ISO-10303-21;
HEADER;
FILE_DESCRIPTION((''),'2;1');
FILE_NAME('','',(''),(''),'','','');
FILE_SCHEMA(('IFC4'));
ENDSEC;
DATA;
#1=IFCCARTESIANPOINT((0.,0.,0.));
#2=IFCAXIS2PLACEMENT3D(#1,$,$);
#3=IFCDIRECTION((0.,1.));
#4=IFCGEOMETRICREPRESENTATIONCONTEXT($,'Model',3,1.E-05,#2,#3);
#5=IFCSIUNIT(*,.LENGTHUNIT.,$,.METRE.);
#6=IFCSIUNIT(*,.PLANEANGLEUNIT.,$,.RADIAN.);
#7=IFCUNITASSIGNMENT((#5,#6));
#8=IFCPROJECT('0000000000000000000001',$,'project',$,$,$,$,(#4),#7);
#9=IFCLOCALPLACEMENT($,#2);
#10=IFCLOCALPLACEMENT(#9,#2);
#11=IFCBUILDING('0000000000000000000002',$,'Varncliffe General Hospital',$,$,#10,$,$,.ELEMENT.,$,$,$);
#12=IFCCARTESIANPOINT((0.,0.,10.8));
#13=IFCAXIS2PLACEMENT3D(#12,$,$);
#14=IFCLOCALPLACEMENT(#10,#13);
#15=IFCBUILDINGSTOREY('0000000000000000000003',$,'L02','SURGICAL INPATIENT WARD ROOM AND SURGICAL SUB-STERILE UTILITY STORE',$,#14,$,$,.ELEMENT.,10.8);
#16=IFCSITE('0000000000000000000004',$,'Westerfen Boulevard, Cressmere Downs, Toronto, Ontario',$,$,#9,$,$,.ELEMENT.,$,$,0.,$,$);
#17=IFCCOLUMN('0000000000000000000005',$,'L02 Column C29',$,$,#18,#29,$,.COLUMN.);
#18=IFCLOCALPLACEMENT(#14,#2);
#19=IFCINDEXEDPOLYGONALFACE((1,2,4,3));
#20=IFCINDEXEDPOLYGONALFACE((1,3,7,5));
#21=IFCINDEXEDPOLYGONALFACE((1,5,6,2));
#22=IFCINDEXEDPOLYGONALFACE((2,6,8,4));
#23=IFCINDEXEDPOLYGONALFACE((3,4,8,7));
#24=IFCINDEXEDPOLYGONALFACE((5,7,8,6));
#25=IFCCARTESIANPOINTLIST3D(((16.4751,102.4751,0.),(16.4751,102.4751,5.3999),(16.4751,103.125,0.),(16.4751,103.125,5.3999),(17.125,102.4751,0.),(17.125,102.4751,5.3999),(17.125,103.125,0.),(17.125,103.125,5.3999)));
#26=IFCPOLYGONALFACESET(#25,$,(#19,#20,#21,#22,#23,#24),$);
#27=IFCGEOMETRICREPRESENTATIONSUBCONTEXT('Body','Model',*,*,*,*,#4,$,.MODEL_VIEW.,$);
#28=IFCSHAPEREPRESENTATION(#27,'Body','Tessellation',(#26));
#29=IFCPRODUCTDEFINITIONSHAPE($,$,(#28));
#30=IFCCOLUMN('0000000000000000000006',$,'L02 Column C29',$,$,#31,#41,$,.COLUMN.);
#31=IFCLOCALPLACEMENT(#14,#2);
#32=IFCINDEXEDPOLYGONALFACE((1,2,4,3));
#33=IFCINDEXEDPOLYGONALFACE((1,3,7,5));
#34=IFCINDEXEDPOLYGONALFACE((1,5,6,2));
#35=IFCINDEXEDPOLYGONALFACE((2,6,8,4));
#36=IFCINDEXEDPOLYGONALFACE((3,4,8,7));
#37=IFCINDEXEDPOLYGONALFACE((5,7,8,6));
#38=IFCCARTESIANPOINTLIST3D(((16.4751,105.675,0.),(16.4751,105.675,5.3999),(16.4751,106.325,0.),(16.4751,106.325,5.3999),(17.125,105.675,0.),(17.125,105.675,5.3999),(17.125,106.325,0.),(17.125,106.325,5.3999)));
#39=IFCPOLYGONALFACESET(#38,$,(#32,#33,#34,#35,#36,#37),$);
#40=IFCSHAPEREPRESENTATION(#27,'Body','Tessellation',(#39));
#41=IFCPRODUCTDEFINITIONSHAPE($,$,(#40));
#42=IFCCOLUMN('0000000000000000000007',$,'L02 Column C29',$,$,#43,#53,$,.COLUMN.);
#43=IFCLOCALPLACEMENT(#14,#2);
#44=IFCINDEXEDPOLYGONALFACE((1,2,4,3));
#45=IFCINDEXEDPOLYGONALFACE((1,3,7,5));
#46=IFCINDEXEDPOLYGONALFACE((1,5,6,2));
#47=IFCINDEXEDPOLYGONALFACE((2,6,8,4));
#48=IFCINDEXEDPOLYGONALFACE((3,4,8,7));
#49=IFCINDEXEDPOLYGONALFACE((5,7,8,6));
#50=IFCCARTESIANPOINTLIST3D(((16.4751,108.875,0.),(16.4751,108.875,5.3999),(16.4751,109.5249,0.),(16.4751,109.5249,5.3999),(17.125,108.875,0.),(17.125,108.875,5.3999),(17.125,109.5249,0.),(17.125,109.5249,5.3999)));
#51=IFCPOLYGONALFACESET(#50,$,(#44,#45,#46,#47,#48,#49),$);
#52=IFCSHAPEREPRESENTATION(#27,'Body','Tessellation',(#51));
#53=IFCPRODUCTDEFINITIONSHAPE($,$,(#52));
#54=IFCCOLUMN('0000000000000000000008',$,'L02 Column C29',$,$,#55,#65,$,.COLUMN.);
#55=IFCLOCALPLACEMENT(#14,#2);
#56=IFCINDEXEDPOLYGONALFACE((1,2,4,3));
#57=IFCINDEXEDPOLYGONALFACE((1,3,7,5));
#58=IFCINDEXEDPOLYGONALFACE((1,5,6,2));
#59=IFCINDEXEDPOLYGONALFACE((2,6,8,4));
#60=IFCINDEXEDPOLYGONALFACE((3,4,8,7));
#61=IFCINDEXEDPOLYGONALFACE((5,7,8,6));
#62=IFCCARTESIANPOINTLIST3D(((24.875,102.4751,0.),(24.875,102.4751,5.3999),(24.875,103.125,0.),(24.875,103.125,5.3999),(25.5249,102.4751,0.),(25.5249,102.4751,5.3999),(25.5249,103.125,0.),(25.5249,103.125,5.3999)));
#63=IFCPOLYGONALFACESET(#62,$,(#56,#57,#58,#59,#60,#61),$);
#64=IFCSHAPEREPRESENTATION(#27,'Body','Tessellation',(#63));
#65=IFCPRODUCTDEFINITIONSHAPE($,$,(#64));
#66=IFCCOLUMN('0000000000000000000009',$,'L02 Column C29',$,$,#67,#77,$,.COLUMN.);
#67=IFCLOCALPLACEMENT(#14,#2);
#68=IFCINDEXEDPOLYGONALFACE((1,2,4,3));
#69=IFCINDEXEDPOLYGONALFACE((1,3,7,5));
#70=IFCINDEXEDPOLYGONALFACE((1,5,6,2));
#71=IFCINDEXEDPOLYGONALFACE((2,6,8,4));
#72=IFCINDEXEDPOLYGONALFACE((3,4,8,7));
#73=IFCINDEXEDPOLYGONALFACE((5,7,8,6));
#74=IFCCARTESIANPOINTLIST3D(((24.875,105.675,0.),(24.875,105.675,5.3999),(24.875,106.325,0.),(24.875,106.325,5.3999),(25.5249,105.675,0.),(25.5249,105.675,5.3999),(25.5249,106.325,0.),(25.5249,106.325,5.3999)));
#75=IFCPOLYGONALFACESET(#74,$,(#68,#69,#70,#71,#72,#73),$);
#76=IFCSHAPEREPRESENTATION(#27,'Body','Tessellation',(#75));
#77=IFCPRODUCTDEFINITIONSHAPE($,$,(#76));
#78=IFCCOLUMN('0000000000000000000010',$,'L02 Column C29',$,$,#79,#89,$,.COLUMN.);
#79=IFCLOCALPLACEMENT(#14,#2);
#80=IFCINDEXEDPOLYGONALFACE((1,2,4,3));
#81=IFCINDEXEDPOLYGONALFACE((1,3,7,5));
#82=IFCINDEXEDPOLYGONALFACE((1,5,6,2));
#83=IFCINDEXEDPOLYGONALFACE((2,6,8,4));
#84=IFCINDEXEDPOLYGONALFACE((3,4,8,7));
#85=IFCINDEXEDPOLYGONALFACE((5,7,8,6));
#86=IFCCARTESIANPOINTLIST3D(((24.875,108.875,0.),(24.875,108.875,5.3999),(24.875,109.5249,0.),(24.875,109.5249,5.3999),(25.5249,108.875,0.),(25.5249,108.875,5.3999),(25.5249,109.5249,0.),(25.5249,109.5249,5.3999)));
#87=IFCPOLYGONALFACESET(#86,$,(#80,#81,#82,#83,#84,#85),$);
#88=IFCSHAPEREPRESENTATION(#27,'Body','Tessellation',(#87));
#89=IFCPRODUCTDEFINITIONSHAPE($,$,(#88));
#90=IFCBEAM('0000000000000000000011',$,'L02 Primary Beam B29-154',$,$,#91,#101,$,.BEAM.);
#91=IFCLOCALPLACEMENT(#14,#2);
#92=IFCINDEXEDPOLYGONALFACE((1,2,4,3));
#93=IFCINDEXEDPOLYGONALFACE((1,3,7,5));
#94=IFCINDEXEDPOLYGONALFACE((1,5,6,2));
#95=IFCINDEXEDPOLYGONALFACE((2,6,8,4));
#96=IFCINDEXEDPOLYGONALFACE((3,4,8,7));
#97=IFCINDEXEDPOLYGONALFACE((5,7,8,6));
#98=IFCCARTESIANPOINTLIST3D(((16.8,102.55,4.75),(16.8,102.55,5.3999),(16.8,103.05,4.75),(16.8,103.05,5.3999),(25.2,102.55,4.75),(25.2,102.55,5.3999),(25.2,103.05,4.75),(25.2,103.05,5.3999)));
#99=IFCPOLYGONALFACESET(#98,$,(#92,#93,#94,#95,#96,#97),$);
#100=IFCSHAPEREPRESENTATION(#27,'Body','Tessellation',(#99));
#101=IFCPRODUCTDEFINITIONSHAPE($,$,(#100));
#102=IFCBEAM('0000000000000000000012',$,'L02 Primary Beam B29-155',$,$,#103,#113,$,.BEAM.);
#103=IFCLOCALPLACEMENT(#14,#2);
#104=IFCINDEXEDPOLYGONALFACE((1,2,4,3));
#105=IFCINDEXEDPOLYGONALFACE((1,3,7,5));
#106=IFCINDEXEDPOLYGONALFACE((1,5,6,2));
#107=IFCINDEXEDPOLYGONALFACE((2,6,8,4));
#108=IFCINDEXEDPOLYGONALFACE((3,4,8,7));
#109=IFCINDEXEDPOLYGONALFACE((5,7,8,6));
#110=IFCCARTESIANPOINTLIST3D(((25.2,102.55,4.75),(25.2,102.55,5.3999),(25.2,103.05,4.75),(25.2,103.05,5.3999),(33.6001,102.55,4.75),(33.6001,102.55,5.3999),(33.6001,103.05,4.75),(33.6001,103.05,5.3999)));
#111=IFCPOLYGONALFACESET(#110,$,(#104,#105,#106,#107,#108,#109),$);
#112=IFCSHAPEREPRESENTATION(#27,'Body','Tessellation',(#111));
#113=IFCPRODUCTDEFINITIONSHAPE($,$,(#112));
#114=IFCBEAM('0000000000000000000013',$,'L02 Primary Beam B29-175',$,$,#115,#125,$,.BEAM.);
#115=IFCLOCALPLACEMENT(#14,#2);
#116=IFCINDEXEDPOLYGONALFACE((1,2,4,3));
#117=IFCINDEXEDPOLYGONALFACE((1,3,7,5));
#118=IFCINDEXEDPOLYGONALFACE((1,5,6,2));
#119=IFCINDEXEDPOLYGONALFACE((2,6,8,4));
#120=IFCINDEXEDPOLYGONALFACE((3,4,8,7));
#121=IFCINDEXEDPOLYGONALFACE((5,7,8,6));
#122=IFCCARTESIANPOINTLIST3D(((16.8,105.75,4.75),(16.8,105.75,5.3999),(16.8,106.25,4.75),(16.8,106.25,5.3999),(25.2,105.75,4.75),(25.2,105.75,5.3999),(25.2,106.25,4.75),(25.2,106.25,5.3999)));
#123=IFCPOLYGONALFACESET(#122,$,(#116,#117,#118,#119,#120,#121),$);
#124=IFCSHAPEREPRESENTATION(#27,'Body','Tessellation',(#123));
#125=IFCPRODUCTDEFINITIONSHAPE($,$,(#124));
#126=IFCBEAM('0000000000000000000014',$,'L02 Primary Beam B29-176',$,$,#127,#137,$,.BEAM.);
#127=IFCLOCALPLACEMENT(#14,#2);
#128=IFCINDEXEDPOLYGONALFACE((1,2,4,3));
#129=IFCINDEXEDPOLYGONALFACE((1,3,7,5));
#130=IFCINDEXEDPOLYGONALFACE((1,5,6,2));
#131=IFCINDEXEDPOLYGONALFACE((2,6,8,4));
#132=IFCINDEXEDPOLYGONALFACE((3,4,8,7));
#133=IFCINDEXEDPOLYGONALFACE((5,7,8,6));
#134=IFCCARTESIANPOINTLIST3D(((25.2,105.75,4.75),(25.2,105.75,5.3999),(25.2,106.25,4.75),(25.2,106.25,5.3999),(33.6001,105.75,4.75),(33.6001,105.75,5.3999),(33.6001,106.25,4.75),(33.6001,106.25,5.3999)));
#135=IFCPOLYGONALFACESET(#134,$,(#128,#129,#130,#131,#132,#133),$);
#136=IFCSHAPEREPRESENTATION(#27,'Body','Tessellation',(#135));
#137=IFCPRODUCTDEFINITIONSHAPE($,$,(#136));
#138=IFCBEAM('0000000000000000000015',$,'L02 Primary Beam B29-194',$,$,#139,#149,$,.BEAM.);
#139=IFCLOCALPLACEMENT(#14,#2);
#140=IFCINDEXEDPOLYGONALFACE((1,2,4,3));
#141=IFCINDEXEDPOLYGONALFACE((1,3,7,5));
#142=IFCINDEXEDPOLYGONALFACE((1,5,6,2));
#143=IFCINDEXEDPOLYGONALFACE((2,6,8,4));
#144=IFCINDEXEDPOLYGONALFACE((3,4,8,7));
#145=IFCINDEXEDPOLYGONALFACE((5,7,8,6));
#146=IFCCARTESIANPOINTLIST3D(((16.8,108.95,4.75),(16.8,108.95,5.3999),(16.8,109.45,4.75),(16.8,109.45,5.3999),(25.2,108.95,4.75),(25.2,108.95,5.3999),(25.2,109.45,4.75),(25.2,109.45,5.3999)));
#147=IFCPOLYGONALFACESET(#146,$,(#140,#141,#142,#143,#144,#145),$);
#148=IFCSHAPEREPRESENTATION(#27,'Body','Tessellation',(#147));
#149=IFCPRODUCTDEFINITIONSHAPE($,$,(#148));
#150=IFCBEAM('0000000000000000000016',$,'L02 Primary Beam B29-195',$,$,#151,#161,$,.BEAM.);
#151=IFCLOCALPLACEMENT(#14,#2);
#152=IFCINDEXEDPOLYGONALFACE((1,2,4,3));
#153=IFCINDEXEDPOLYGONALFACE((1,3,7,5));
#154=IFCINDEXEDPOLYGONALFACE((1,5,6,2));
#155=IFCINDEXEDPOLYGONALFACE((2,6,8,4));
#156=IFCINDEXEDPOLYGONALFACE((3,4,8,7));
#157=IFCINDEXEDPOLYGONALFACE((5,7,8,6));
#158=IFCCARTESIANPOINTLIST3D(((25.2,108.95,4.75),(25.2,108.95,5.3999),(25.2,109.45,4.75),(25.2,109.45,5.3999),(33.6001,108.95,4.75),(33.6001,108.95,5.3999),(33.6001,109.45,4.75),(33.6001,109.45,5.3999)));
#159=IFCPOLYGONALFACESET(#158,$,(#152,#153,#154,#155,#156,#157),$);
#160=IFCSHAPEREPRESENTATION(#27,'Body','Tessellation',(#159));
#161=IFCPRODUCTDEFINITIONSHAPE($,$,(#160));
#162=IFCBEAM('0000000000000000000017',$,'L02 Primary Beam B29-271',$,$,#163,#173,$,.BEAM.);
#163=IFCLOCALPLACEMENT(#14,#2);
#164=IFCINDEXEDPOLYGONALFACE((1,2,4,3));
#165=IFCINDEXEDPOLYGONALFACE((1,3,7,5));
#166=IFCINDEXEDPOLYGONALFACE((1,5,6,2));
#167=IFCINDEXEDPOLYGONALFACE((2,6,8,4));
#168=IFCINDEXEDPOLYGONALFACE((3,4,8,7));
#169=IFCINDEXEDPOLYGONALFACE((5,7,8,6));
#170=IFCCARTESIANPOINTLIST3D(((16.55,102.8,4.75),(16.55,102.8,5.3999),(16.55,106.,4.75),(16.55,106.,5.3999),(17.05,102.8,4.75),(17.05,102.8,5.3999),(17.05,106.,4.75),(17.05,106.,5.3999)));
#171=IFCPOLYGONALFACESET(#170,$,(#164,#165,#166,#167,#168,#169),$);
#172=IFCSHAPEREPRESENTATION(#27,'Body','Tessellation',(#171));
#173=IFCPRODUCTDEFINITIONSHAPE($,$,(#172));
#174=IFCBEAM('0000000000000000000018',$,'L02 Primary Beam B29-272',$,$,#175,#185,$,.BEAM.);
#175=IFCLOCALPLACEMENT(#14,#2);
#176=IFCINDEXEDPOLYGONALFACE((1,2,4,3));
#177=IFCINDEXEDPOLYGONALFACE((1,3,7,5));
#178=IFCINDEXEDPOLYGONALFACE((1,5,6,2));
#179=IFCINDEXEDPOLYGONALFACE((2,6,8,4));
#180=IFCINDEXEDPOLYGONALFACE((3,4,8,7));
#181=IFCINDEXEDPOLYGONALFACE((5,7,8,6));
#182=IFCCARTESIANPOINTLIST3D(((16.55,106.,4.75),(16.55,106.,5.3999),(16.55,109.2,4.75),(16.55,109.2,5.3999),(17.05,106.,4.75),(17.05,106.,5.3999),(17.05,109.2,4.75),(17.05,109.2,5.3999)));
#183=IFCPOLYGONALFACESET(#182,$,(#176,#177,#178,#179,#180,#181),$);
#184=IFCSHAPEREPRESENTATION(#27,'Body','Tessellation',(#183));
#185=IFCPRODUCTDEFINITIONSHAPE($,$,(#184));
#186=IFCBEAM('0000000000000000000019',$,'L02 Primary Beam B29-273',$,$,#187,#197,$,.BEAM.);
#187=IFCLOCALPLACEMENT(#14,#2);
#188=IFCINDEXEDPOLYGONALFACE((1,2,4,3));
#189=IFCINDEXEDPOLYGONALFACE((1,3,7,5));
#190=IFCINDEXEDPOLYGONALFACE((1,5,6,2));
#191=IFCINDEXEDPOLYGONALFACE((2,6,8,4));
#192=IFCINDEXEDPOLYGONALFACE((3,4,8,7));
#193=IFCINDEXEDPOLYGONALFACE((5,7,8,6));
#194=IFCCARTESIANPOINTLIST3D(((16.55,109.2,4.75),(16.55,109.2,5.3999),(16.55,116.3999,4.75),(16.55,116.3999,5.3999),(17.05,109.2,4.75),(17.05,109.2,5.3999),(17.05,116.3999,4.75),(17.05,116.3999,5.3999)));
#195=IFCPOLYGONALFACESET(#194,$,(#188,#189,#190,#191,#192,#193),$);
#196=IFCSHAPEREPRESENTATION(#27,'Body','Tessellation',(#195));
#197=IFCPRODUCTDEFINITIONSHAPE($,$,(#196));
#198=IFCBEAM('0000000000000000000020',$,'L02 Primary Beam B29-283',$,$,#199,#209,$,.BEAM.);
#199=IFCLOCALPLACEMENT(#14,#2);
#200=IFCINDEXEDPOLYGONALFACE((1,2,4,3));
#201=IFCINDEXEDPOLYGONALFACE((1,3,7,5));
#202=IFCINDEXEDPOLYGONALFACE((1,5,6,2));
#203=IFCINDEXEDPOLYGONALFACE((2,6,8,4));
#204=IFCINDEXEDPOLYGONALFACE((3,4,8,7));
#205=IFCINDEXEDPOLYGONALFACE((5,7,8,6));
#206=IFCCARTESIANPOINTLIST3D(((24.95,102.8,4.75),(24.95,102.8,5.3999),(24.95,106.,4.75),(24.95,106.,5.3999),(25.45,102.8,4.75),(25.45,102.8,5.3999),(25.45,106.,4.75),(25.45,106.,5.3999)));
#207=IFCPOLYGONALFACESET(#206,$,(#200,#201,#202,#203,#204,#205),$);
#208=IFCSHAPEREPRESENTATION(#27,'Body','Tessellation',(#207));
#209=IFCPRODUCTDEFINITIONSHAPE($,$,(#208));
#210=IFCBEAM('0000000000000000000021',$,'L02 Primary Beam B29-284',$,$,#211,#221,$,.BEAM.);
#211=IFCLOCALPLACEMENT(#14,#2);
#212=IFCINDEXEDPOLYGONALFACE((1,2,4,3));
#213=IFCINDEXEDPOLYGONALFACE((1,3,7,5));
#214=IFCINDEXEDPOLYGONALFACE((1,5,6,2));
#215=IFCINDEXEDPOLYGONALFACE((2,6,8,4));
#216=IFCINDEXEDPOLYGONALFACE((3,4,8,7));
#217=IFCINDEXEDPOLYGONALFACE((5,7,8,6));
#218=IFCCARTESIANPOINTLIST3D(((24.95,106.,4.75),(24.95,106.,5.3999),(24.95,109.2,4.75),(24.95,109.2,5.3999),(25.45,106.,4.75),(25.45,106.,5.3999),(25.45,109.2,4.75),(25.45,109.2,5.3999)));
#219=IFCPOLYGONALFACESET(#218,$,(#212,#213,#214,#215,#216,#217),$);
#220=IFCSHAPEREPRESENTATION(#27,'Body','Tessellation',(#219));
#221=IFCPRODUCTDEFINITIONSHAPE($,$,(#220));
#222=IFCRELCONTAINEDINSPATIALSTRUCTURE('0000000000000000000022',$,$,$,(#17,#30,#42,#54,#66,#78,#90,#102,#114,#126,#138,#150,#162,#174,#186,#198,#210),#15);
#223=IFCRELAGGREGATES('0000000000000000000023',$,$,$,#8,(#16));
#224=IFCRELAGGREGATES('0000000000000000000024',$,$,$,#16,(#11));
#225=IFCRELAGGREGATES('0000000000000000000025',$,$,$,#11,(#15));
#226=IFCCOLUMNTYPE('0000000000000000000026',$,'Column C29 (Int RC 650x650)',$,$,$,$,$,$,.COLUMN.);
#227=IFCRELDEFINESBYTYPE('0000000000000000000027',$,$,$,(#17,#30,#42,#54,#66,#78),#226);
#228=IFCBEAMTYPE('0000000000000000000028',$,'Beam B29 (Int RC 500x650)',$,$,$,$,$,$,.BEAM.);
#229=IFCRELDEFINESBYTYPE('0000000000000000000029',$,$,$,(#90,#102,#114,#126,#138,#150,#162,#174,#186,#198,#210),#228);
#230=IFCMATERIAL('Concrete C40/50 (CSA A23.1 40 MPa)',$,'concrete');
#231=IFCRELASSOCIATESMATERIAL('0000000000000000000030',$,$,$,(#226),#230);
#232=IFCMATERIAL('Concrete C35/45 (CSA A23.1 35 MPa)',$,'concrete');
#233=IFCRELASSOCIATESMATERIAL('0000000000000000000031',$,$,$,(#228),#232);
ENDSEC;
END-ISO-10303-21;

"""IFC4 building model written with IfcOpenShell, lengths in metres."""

from ifc_helpers import new_model, si_unit, direction, frame, origin, origin_2d, place, context, subcontext, project, spatial, rectangle, extrude, material, material_profile, profile_set, type_object, element, save


model = new_model("IFC4")

# Units and contexts
model_context = context("Model", 3, precision=1e-05, world=origin(), true_north=direction((0.0, 1.0)))
body_context = subcontext(model_context, "Body", "Model", "MODEL_VIEW")
ifc_project = project(units=[si_unit("LENGTHUNIT", "METRE"), si_unit("PLANEANGLEUNIT", "RADIAN")], contexts=[model_context])

# Site, building, storey
site_placement = place(None, origin())
site = spatial("IfcSite", under=ifc_project, at=site_placement, Name="Westerfen Boulevard, Cressmere Downs, Toronto, Ontario", CompositionType="ELEMENT", RefElevation=0.0)
building_placement = place(site_placement, origin())
building = spatial("IfcBuilding", under=site, at=building_placement, Name="Varncliffe General Hospital", CompositionType="ELEMENT")
storey_placement = place(building_placement, frame((0.0, 0.0, 10.8)))
storey = spatial("IfcBuildingStorey", under=building, at=storey_placement, Name="L02", Description="SURGICAL INPATIENT WARD ROOM AND SURGICAL SUB-STERILE UTILITY STORE", CompositionType="ELEMENT", Elevation=10.8)

# Columns
ifc_material_1 = material(Name="Concrete C40/50 (CSA A23.1 40 MPa)", Category="concrete")
ifc_material_profile_1 = material_profile(ifc_material_1, rectangle(XDim=0.6499, YDim=0.6499, at=origin_2d()), Name="RC 650x650")
ifc_profile_set_1 = profile_set([ifc_material_profile_1], Name="Concrete C40/50 (CSA A23.1 40 MPa)")
column_type = type_object("IfcColumnType", Name="Column C29 (Int RC 650x650)", PredefinedType="COLUMN", material=ifc_profile_set_1)
for number, where, z_axis, x_axis, name in (
    (1, (16.8, 102.8, 0.0), (0.0, 0.0, 1.0), (1.0, 0.0, 0.0), "L02 Column C29"),
    (2, (16.8, 106.0, 0.0), (0.0, 0.0, 1.0), (1.0, 0.0, 0.0), "L02 Column C29"),
    (3, (16.8, 109.2, 0.0), (0.0, 0.0, 1.0), (1.0, 0.0, 0.0), "L02 Column C29"),
    (4, (25.2, 102.8, 0.0), (0.0, 0.0, 1.0), (1.0, 0.0, 0.0), "L02 Column C29"),
    (5, (25.2, 106.0, 0.0), (0.0, 0.0, 1.0), (1.0, 0.0, 0.0), "L02 Column C29"),
    (6, (25.2, 109.2, 0.0), (0.0, 0.0, 1.0), (1.0, 0.0, 0.0), "L02 Column C29"),
):
    element("IfcColumn", number, at=place(storey_placement, frame(where, z_axis=z_axis, x_axis=x_axis)), inside=storey, type_object=column_type, Name=name, PredefinedType="COLUMN", context=body_context, shape_type="SweptSolid", body=[
        extrude(rectangle(XDim=0.6499, YDim=0.6499, at=origin_2d()), origin(), (0.0, 0.0, 1.0), 5.3999),
    ])

# Beams
ifc_material_2 = material(Name="Concrete C35/45 (CSA A23.1 35 MPa)", Category="concrete")
ifc_material_profile_2 = material_profile(ifc_material_2, rectangle(XDim=0.5, YDim=0.6499, at=origin_2d()), Name="RC 500x650")
ifc_profile_set_2 = profile_set([ifc_material_profile_2], Name="Concrete C35/45 (CSA A23.1 35 MPa)")
beam_type = type_object("IfcBeamType", Name="Beam B29 (Int RC 500x650)", PredefinedType="BEAM", material=ifc_profile_set_2)
beam_1_placement = place(storey_placement, frame((16.8, 102.8, 5.075), z_axis=(1.0, 0.0, 0.0), x_axis=(0.0, 1.0, 0.0)))
element("IfcBeam", 7, at=beam_1_placement, inside=storey, type_object=beam_type, Name="L02 Primary Beam B29-154", PredefinedType="BEAM", context=body_context, shape_type="SweptSolid", body=[
    extrude(rectangle(XDim=0.5, YDim=0.6499, at=origin_2d()), origin(), (0.0, 0.0, 1.0), 8.3999),
])
beam_2_placement = place(storey_placement, frame((25.2, 102.8, 5.075), z_axis=(1.0, 0.0, 0.0), x_axis=(0.0, 1.0, 0.0)))
element("IfcBeam", 8, at=beam_2_placement, inside=storey, type_object=beam_type, Name="L02 Primary Beam B29-155", PredefinedType="BEAM", context=body_context, shape_type="SweptSolid", body=[
    extrude(rectangle(XDim=0.5, YDim=0.6499, at=origin_2d()), origin(), (0.0, 0.0, 1.0), 8.4001),
])
beam_3_placement = place(storey_placement, frame((16.8, 106.0, 5.075), z_axis=(1.0, 0.0, 0.0), x_axis=(0.0, 1.0, 0.0)))
element("IfcBeam", 9, at=beam_3_placement, inside=storey, type_object=beam_type, Name="L02 Primary Beam B29-175", PredefinedType="BEAM", context=body_context, shape_type="SweptSolid", body=[
    extrude(rectangle(XDim=0.5, YDim=0.6499, at=origin_2d()), origin(), (0.0, 0.0, 1.0), 8.3999),
])
beam_4_placement = place(storey_placement, frame((25.2, 106.0, 5.075), z_axis=(1.0, 0.0, 0.0), x_axis=(0.0, 1.0, 0.0)))
element("IfcBeam", 10, at=beam_4_placement, inside=storey, type_object=beam_type, Name="L02 Primary Beam B29-176", PredefinedType="BEAM", context=body_context, shape_type="SweptSolid", body=[
    extrude(rectangle(XDim=0.5, YDim=0.6499, at=origin_2d()), origin(), (0.0, 0.0, 1.0), 8.4001),
])
beam_5_placement = place(storey_placement, frame((16.8, 109.2, 5.075), z_axis=(1.0, 0.0, 0.0), x_axis=(0.0, 1.0, 0.0)))
element("IfcBeam", 11, at=beam_5_placement, inside=storey, type_object=beam_type, Name="L02 Primary Beam B29-194", PredefinedType="BEAM", context=body_context, shape_type="SweptSolid", body=[
    extrude(rectangle(XDim=0.5, YDim=0.6499, at=origin_2d()), origin(), (0.0, 0.0, 1.0), 8.3999),
])
beam_6_placement = place(storey_placement, frame((25.2, 109.2, 5.075), z_axis=(1.0, 0.0, 0.0), x_axis=(0.0, 1.0, 0.0)))
element("IfcBeam", 12, at=beam_6_placement, inside=storey, type_object=beam_type, Name="L02 Primary Beam B29-195", PredefinedType="BEAM", context=body_context, shape_type="SweptSolid", body=[
    extrude(rectangle(XDim=0.5, YDim=0.6499, at=origin_2d()), origin(), (0.0, 0.0, 1.0), 8.4001),
])
for number, where, z_axis, x_axis, name in (
    (13, (16.8, 102.8, 5.075), (0.0, 1.0, 0.0), (-1.0, 0.0, 0.0), "L02 Primary Beam B29-271"),
    (14, (16.8, 106.0, 5.075), (0.0, 1.0, 0.0), (-1.0, 0.0, 0.0), "L02 Primary Beam B29-272"),
):
    element("IfcBeam", number, at=place(storey_placement, frame(where, z_axis=z_axis, x_axis=x_axis)), inside=storey, type_object=beam_type, Name=name, PredefinedType="BEAM", context=body_context, shape_type="SweptSolid", body=[
        extrude(rectangle(XDim=0.5, YDim=0.6499, at=origin_2d()), origin(), (0.0, 0.0, 1.0), 3.2),
    ])
beam_7_placement = place(storey_placement, frame((16.8, 109.2, 5.075), z_axis=(0.0, 1.0, 0.0), x_axis=(-1.0, 0.0, 0.0)))
element("IfcBeam", 15, at=beam_7_placement, inside=storey, type_object=beam_type, Name="L02 Primary Beam B29-273", PredefinedType="BEAM", context=body_context, shape_type="SweptSolid", body=[
    extrude(rectangle(XDim=0.5, YDim=0.6499, at=origin_2d()), origin(), (0.0, 0.0, 1.0), 7.2),
])
for number, where, z_axis, x_axis, name in (
    (16, (25.2, 102.8, 5.075), (0.0, 1.0, 0.0), (-1.0, 0.0, 0.0), "L02 Primary Beam B29-283"),
    (17, (25.2, 106.0, 5.075), (0.0, 1.0, 0.0), (-1.0, 0.0, 0.0), "L02 Primary Beam B29-284"),
):
    element("IfcBeam", number, at=place(storey_placement, frame(where, z_axis=z_axis, x_axis=x_axis)), inside=storey, type_object=beam_type, Name=name, PredefinedType="BEAM", context=body_context, shape_type="SweptSolid", body=[
        extrude(rectangle(XDim=0.5, YDim=0.6499, at=origin_2d()), origin(), (0.0, 0.0, 1.0), 3.2),
    ])

save(model, "model.ifc")
